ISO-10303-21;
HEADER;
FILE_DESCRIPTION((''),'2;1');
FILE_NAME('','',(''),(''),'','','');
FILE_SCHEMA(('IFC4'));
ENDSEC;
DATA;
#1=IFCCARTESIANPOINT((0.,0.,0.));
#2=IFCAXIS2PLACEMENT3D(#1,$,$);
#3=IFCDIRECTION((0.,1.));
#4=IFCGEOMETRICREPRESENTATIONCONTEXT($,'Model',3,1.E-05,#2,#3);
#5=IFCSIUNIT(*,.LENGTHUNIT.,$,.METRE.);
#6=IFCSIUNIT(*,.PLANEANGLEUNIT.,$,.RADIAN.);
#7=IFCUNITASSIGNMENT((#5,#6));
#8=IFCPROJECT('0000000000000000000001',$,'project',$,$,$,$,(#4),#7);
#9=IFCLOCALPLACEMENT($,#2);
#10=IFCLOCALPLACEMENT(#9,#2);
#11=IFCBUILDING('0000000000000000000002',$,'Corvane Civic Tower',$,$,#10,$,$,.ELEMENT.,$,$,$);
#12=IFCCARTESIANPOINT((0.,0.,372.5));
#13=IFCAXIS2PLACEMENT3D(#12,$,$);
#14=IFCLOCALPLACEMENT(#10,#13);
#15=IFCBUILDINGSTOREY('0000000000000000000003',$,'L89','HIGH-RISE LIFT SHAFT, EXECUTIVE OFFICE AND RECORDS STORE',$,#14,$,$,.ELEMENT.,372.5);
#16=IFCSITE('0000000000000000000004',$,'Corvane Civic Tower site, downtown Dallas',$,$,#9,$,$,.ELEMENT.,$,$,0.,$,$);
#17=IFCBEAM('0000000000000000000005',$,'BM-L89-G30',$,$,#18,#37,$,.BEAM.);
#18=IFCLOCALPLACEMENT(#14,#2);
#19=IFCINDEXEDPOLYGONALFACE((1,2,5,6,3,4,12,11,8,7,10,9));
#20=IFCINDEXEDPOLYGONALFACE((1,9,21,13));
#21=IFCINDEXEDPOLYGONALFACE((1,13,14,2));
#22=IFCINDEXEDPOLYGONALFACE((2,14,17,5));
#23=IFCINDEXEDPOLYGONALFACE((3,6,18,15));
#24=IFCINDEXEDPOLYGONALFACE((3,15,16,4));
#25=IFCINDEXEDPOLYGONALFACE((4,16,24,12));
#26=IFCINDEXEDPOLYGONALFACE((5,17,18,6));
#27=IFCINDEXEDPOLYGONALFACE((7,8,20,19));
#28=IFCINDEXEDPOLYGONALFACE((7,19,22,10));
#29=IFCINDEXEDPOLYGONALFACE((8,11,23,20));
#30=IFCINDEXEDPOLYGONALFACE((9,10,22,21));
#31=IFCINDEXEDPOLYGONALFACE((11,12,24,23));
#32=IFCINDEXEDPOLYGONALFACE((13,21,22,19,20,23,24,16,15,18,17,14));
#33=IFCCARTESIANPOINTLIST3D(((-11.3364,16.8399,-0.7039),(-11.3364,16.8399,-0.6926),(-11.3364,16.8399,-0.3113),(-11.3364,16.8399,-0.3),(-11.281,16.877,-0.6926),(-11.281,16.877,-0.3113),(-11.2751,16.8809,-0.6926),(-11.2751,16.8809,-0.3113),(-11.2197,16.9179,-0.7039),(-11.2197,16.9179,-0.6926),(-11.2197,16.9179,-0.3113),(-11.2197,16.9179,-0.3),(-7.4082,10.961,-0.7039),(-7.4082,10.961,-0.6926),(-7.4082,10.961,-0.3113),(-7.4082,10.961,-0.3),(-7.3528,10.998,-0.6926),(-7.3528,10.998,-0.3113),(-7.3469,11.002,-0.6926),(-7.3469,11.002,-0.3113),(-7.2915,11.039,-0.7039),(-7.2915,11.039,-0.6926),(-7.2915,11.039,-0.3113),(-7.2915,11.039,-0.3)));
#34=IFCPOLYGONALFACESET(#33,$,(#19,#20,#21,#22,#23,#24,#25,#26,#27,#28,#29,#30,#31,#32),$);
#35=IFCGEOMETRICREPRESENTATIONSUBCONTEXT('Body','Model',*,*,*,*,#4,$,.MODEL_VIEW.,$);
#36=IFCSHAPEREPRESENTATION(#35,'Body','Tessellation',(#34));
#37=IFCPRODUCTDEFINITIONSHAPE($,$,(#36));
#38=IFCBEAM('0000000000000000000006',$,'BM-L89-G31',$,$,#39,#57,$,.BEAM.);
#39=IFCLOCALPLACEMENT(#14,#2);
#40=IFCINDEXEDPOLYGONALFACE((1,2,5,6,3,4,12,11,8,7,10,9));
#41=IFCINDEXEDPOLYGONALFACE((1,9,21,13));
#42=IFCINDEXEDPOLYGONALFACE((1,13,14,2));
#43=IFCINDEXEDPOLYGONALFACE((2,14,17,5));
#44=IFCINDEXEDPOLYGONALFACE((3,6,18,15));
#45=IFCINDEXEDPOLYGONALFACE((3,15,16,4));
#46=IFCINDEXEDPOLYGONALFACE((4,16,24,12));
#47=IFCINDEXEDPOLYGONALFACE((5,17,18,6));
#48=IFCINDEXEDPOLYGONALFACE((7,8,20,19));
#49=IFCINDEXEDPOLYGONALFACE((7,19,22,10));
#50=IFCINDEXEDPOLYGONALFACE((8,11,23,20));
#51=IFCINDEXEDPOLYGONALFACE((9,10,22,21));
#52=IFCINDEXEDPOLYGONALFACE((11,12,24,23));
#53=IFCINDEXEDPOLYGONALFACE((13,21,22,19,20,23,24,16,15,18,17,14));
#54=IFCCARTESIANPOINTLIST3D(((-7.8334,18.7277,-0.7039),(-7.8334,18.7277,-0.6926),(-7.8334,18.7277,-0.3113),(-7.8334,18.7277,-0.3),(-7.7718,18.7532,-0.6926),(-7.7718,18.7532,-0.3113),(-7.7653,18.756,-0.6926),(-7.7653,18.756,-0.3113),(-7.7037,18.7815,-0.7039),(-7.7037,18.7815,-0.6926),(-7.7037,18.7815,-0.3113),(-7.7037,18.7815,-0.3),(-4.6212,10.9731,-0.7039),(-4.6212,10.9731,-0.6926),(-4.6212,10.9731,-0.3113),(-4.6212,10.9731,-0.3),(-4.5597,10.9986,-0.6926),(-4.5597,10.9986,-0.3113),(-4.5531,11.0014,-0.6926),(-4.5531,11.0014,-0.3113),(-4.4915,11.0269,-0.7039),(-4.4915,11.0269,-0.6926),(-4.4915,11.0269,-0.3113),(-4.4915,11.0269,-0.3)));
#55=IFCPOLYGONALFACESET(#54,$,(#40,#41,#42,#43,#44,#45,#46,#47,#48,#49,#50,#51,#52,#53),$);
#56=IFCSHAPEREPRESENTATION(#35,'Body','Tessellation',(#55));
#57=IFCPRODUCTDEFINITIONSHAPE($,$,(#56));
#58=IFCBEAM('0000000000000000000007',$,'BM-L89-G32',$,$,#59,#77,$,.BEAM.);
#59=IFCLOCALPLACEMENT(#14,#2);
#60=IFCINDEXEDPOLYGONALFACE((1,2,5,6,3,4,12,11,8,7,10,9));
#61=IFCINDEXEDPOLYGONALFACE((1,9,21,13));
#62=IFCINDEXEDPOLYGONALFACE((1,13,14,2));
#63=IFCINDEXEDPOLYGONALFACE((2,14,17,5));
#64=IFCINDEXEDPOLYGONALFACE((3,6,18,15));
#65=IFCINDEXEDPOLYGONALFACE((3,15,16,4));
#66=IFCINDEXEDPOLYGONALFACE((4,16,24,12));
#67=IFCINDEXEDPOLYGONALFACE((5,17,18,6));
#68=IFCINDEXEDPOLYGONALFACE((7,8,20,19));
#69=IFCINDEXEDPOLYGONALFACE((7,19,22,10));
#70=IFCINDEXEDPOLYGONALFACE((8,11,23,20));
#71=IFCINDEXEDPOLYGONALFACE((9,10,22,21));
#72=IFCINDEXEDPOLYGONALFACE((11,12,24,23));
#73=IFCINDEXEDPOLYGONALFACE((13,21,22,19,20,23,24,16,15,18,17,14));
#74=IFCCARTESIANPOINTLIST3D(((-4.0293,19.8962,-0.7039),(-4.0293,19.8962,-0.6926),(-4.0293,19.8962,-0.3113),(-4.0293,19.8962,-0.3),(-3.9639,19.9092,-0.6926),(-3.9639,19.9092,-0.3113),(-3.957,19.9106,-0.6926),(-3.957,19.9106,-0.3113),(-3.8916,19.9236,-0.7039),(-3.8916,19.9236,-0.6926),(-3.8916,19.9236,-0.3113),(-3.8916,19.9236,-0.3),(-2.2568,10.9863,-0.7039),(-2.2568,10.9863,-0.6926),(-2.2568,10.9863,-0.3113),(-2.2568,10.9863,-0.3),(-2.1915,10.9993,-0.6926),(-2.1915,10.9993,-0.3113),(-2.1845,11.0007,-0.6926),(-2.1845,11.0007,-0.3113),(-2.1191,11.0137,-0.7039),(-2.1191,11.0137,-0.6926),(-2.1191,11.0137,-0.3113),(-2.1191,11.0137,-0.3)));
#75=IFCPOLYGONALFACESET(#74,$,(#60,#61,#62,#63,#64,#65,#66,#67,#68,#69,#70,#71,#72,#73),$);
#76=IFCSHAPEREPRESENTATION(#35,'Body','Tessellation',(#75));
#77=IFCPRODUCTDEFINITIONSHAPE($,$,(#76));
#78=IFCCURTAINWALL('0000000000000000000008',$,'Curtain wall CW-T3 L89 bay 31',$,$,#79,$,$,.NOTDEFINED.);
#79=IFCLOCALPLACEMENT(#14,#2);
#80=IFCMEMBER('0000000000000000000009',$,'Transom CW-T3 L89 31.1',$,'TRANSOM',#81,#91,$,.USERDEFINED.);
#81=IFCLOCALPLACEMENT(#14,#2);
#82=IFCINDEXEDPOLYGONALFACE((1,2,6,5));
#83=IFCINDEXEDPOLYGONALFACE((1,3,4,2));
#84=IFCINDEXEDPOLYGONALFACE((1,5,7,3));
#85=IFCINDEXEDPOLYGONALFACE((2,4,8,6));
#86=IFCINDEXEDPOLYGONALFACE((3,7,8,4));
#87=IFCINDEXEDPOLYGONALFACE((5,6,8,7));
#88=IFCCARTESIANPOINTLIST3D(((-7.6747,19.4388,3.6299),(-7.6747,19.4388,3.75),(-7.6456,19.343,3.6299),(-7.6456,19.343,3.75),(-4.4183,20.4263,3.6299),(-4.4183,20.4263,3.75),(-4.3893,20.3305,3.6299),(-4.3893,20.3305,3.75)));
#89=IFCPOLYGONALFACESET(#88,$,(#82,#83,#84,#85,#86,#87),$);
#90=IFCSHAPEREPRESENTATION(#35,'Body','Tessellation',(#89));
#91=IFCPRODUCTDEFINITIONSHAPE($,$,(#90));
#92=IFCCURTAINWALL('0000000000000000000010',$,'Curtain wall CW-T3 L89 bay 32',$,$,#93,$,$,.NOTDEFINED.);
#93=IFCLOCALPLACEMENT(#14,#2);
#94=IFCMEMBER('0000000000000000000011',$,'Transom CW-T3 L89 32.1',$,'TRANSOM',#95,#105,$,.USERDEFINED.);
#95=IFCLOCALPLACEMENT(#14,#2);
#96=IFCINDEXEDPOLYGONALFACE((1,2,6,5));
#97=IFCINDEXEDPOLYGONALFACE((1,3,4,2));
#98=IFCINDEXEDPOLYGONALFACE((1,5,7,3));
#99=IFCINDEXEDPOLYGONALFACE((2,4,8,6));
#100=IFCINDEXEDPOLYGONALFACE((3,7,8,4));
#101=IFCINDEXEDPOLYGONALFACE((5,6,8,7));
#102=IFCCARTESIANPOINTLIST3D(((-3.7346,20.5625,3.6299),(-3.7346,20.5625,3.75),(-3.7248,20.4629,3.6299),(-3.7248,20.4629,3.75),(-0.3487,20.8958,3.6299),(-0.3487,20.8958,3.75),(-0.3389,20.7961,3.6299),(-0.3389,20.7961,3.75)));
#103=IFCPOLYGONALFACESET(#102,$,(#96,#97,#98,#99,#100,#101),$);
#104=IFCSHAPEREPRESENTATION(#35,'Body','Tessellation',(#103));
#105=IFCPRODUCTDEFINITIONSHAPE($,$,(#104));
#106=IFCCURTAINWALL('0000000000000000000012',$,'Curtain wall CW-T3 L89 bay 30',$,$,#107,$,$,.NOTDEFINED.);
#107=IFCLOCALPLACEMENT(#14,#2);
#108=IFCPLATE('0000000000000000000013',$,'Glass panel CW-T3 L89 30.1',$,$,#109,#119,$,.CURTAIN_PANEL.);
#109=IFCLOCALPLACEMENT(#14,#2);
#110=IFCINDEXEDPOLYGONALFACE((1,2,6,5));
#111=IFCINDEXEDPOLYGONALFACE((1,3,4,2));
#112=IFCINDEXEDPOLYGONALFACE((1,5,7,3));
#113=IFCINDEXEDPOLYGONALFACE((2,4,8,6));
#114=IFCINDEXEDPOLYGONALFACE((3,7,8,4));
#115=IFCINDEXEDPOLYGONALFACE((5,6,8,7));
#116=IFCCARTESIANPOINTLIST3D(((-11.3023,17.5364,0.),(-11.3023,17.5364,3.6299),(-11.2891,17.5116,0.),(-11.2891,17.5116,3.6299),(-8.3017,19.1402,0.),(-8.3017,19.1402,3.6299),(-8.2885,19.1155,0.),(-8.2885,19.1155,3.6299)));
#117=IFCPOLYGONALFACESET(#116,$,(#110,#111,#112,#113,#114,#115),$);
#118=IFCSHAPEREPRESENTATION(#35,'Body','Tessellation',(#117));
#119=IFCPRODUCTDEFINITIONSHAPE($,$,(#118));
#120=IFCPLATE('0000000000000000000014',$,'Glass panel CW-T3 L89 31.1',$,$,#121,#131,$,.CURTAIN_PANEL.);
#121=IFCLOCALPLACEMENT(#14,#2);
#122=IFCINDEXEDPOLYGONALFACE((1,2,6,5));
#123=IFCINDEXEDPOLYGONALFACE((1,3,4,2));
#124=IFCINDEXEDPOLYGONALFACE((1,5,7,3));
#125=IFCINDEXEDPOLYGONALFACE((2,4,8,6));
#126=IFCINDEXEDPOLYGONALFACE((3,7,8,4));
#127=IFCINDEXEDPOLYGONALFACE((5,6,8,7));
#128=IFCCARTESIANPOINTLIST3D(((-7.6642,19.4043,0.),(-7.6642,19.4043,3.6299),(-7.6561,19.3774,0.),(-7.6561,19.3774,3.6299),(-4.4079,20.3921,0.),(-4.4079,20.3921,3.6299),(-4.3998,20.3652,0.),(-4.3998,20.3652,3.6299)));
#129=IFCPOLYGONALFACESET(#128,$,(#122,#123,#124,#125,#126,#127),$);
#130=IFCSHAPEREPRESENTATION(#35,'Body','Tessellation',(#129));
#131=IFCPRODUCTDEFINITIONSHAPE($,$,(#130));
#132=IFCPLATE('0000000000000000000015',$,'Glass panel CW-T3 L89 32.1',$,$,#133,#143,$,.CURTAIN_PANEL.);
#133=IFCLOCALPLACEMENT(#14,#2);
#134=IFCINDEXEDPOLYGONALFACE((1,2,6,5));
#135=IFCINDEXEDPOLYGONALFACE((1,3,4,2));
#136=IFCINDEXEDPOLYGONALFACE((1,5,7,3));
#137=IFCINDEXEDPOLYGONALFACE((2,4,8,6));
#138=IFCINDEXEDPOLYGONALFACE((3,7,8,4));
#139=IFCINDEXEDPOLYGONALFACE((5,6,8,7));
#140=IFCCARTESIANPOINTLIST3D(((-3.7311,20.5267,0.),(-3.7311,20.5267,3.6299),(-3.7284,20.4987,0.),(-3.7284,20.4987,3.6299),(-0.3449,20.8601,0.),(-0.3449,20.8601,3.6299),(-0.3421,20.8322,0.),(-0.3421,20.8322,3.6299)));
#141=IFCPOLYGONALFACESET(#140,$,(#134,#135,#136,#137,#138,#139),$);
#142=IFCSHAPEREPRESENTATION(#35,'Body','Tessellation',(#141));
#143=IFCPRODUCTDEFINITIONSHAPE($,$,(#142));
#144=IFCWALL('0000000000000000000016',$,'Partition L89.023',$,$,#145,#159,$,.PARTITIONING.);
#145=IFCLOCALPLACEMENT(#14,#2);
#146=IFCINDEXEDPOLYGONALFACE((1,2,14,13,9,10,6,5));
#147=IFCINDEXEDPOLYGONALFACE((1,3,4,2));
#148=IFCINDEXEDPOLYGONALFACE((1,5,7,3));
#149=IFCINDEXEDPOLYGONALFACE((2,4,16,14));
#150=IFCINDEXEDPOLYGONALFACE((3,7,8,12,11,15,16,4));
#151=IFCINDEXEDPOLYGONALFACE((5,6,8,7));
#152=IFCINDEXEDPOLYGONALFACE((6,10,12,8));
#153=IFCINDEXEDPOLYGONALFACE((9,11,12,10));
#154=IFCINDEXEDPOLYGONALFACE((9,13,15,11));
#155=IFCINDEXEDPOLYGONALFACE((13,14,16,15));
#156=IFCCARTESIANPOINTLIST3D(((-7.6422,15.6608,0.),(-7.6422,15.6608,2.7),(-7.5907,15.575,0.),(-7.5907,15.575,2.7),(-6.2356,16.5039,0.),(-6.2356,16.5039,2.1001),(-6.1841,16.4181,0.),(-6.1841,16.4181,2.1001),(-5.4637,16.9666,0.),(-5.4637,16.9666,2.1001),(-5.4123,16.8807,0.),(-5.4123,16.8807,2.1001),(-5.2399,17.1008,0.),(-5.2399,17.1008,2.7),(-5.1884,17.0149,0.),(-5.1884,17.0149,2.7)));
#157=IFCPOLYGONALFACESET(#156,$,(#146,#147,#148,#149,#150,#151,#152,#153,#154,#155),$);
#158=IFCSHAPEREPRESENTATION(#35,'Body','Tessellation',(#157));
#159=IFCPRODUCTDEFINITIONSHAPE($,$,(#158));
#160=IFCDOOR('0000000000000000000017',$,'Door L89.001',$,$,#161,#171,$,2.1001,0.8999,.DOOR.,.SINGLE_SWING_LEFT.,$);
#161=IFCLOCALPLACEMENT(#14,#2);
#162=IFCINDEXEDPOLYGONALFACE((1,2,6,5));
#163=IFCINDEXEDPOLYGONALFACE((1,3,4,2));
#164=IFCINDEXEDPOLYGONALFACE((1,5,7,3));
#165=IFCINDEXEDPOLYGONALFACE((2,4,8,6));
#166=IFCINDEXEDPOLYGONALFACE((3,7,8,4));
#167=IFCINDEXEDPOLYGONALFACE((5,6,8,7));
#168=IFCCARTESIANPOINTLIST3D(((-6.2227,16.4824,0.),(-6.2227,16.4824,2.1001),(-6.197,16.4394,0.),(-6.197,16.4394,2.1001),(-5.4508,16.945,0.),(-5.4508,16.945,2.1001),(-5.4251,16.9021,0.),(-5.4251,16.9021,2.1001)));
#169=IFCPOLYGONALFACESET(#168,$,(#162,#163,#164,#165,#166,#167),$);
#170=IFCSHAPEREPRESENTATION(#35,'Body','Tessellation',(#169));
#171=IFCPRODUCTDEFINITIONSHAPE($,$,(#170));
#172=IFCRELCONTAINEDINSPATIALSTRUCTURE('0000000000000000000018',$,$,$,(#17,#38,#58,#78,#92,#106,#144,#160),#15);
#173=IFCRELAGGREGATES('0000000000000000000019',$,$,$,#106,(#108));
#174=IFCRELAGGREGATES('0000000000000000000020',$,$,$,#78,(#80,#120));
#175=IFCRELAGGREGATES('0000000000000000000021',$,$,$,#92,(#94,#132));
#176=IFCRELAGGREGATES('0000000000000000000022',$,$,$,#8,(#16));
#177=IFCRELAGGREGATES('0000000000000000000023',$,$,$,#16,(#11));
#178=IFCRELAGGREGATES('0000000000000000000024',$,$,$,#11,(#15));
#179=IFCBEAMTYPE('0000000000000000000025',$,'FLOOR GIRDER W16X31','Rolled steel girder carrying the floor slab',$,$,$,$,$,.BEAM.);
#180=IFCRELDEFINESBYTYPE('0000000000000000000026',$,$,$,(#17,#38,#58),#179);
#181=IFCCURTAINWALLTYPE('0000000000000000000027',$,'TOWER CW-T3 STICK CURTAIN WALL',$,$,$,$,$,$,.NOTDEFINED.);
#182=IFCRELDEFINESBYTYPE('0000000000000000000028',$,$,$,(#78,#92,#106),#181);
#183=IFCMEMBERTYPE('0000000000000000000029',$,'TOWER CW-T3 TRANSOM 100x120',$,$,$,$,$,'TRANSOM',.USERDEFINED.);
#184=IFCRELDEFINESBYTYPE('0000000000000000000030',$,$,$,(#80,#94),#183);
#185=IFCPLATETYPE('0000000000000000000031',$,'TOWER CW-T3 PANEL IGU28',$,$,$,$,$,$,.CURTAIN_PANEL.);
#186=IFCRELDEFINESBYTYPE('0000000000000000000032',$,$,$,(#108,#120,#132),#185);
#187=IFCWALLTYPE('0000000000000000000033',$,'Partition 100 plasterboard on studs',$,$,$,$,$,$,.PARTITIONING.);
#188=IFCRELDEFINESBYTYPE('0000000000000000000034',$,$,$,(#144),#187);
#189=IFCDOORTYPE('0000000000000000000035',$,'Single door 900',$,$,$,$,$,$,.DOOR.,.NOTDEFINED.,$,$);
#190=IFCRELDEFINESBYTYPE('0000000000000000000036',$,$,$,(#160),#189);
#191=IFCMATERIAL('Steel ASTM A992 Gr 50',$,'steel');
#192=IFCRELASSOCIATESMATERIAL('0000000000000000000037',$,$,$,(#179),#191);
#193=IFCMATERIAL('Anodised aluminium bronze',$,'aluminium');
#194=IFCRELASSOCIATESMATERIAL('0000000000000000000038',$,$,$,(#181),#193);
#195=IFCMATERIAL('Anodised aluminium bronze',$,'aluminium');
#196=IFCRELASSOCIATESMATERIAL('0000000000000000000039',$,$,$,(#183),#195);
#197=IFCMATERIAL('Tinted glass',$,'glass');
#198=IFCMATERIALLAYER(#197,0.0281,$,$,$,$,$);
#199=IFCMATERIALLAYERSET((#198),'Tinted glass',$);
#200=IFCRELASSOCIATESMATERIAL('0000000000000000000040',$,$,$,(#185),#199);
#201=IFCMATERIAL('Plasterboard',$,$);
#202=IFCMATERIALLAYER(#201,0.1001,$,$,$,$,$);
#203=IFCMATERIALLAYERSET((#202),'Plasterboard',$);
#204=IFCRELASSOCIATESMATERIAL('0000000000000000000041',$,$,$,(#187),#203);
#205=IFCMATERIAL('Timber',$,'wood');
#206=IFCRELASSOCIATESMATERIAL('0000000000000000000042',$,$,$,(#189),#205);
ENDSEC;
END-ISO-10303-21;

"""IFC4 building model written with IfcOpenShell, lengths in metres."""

from ifc_helpers import new_model, si_unit, direction, frame, frame_2d, origin, origin_2d, place, context, subcontext, project, spatial, rectangle, i_section, extrude, material, layer, layer_set, material_profile, profile_set, type_object, element, fill, aggregate, save


model = new_model("IFC4")

# Units and contexts
model_context = context("Model", 3, precision=1e-05, world=origin(), true_north=direction((0.0, 1.0)))
body_context = subcontext(model_context, "Body", "Model", "MODEL_VIEW")
ifc_project = project(units=[si_unit("LENGTHUNIT", "METRE"), si_unit("PLANEANGLEUNIT", "RADIAN")], contexts=[model_context])

# Site, building, storey
site_placement = place(None, origin())
site = spatial("IfcSite", under=ifc_project, at=site_placement, Name="Corvane Civic Tower site, downtown Dallas", CompositionType="ELEMENT", RefElevation=0.0)
building_placement = place(site_placement, origin())
building = spatial("IfcBuilding", under=site, at=building_placement, Name="Corvane Civic Tower", CompositionType="ELEMENT")
storey_placement = place(building_placement, frame((0.0, 0.0, 372.5)))
storey = spatial("IfcBuildingStorey", under=building, at=storey_placement, Name="L89", Description="HIGH-RISE LIFT SHAFT, EXECUTIVE OFFICE AND RECORDS STORE", CompositionType="ELEMENT", Elevation=372.5)

# Beams
ifc_material_1 = material(Name="Steel ASTM A992 Gr 50", Category="steel")
ifc_material_profile_1 = material_profile(ifc_material_1, i_section(OverallWidth=0.1404, OverallDepth=0.4038, WebThickness=0.0071, FlangeThickness=0.0112, at=origin_2d()), Name="W16X31")
ifc_profile_set_1 = profile_set([ifc_material_profile_1], Name="Steel ASTM A992 Gr 50")
beam_type_1 = type_object("IfcBeamType", Name="FLOOR GIRDER W16X31", Description="Rolled steel girder carrying the floor slab", PredefinedType="BEAM", material=ifc_profile_set_1)
beam_1_placement = place(storey_placement, frame((-7.3499, 11.0, -0.502), z_axis=(-0.555576, 0.831465, 0.0), x_axis=(-0.831465, -0.555576, 0.0)))
element("IfcBeam", 1, at=beam_1_placement, inside=storey, type_object=beam_type_1, Name="BM-L89-G30", PredefinedType="BEAM", context=body_context, shape_type="SweptSolid", body=[
    extrude(i_section(OverallWidth=0.1404, OverallDepth=0.4038, WebThickness=0.0071, FlangeThickness=0.0112, at=origin_2d()), origin(), (0.0, 0.0, 1.0), 7.0706),
])
beam_2_placement = place(storey_placement, frame((-4.5564, 11.0, -0.502), z_axis=(-0.382692, 0.923876, 0.0), x_axis=(-0.923876, -0.382692, 0.0)))
element("IfcBeam", 2, at=beam_2_placement, inside=storey, type_object=beam_type_1, Name="BM-L89-G31", PredefinedType="BEAM", context=body_context, shape_type="SweptSolid", body=[
    extrude(i_section(OverallWidth=0.1404, OverallDepth=0.4038, WebThickness=0.0071, FlangeThickness=0.0112, at=origin_2d()), origin(), (0.0, 0.0, 1.0), 8.3936),
])
beam_3_placement = place(storey_placement, frame((-2.188, 11.0, -0.502), z_axis=(-0.195108, 0.980782, 0.0), x_axis=(-0.980782, -0.195108, 0.0)))
element("IfcBeam", 3, at=beam_3_placement, inside=storey, type_object=beam_type_1, Name="BM-L89-G32", PredefinedType="BEAM", context=body_context, shape_type="SweptSolid", body=[
    extrude(i_section(OverallWidth=0.1404, OverallDepth=0.4038, WebThickness=0.0071, FlangeThickness=0.0112, at=origin_2d()), origin(), (0.0, 0.0, 1.0), 9.0845),
])

# Curtain walls, members
ifc_material_2 = material(Name="Anodised aluminium bronze", Category="aluminium")
curtain_wall_type = type_object("IfcCurtainWallType", Name="TOWER CW-T3 STICK CURTAIN WALL", PredefinedType="NOTDEFINED", material=ifc_material_2)
curtain_wall_1_placement = place(storey_placement, origin())
curtain_wall_1 = element("IfcCurtainWall", 4, at=curtain_wall_1_placement, inside=storey, type_object=curtain_wall_type, Name="Curtain wall CW-T3 L89 bay 31", PredefinedType="NOTDEFINED")
ifc_material_3 = material(Name="Anodised aluminium bronze", Category="aluminium")
ifc_material_profile_2 = material_profile(ifc_material_3, rectangle(XDim=0.1001, YDim=0.1201, at=origin_2d()), Name="TOWER CW-T3 TRANSOM 100x120")
ifc_profile_set_2 = profile_set([ifc_material_profile_2], Name="Anodised aluminium bronze")
member_type = type_object("IfcMemberType", Name="TOWER CW-T3 TRANSOM 100x120", ElementType="TRANSOM", PredefinedType="USERDEFINED", material=ifc_profile_set_2)
member_1_placement = place(storey_placement, frame((-7.6602, 19.3909, 3.6899), z_axis=(0.956961, 0.290216, 0.0), x_axis=(-0.290216, 0.956961, 0.0)))
member_1 = element("IfcMember", 5, at=member_1_placement, type_object=member_type, Name="Transom CW-T3 L89 31.1", ObjectType="TRANSOM", PredefinedType="USERDEFINED", context=body_context, shape_type="SweptSolid", body=[
    extrude(rectangle(XDim=0.1001, YDim=0.1201, at=origin_2d()), origin(), (0.0, 0.0, 1.0), 3.4028),
])
curtain_wall_2_placement = place(storey_placement, origin())
curtain_wall_2 = element("IfcCurtainWall", 6, at=curtain_wall_2_placement, inside=storey, type_object=curtain_wall_type, Name="Curtain wall CW-T3 L89 bay 32", PredefinedType="NOTDEFINED")
member_2_placement = place(storey_placement, frame((-3.7297, 20.5127, 3.6899), z_axis=(0.995192, 0.097948, 0.0), x_axis=(-0.097948, 0.995192, 0.0)))
member_2 = element("IfcMember", 7, at=member_2_placement, type_object=member_type, Name="Transom CW-T3 L89 32.1", ObjectType="TRANSOM", PredefinedType="USERDEFINED", context=body_context, shape_type="SweptSolid", body=[
    extrude(rectangle(XDim=0.1001, YDim=0.1201, at=origin_2d()), origin(), (0.0, 0.0, 1.0), 3.4023),
])

# Curtain wall, plate
curtain_wall_3_placement = place(storey_placement, origin())
curtain_wall_3 = element("IfcCurtainWall", 8, at=curtain_wall_3_placement, inside=storey, type_object=curtain_wall_type, Name="Curtain wall CW-T3 L89 bay 30", PredefinedType="NOTDEFINED")
ifc_material_4 = material(Name="Tinted glass", Category="glass")
ifc_layer_1 = layer(ifc_material_4, 0.0281)
ifc_layer_set_1 = layer_set([ifc_layer_1], Name="Tinted glass")
plate_type = type_object("IfcPlateType", Name="TOWER CW-T3 PANEL IGU28", PredefinedType="CURTAIN_PANEL", material=ifc_layer_set_1)
plate_1_placement = place(storey_placement, frame((-9.7954, 18.3259, 0.0), z_axis=(0.0, 0.0, 1.0), x_axis=(0.881928, 0.471384, 0.0)))
plate_1 = element("IfcPlate", 9, at=plate_1_placement, type_object=plate_type, Name="Glass panel CW-T3 L89 30.1", PredefinedType="CURTAIN_PANEL", context=body_context, shape_type="SweptSolid", body=[
    extrude(rectangle(XDim=3.4023, YDim=0.0281, at=origin_2d()), origin(), (0.0, 0.0, 1.0), 3.6299),
])
aggregate(curtain_wall_3, [plate_1])

# Plates
plate_2_placement = place(storey_placement, frame((-6.032, 19.8848, 0.0), z_axis=(0.0, 0.0, 1.0), x_axis=(0.956939, 0.29029, 0.0)))
plate_2 = element("IfcPlate", 10, at=plate_2_placement, type_object=plate_type, Name="Glass panel CW-T3 L89 31.1", PredefinedType="CURTAIN_PANEL", context=body_context, shape_type="SweptSolid", body=[
    extrude(rectangle(XDim=3.4028, YDim=0.0281, at=origin_2d()), origin(), (0.0, 0.0, 1.0), 3.6299),
])
aggregate(curtain_wall_1, [member_1, plate_2])
plate_3_placement = place(storey_placement, frame((-2.0366, 20.6794, 0.0), z_axis=(0.0, 0.0, 1.0), x_axis=(0.995187, 0.097998, 0.0)))
plate_3 = element("IfcPlate", 11, at=plate_3_placement, type_object=plate_type, Name="Glass panel CW-T3 L89 32.1", PredefinedType="CURTAIN_PANEL", context=body_context, shape_type="SweptSolid", body=[
    extrude(rectangle(XDim=3.4026, YDim=0.0281, at=origin_2d()), origin(), (0.0, 0.0, 1.0), 3.6299),
])
aggregate(curtain_wall_2, [member_2, plate_3])

# Wall, opening, door
ifc_material_5 = material(Name="Plasterboard")
ifc_layer_2 = layer(ifc_material_5, 0.1001)
ifc_layer_set_2 = layer_set([ifc_layer_2], Name="Plasterboard")
wall_type = type_object("IfcWallType", Name="Partition 100 plasterboard on studs", PredefinedType="PARTITIONING", material=ifc_layer_set_2)
wall_1_placement = place(storey_placement, frame((-7.6165, 15.6179, 0.0), z_axis=(0.0, 0.0, 1.0), x_axis=(0.857724, 0.514111, 0.0)))
wall_1 = element("IfcWall", 12, at=wall_1_placement, inside=storey, type_object=wall_type, Name="Partition L89.023", PredefinedType="PARTITIONING", context=body_context, shape_type="SweptSolid", body=[
    extrude(rectangle(XDim=2.8008, YDim=0.1001, at=frame_2d((1.4004, 0.0))), origin(), (0.0, 0.0, 1.0), 2.7),
])
opening_1_placement = place(wall_1_placement, frame((1.6399, 0.0, 0.0)))
opening_1 = element("IfcOpeningElement", 13, at=opening_1_placement, cuts=wall_1, PredefinedType="OPENING", context=body_context, shape_type="SweptSolid", body=[
    extrude(rectangle(XDim=0.8999, YDim=2.1001, at=frame_2d((0.45, 1.05))), frame((0.0, 0.0601, 0.0), z_axis=(0.0, -1.0, 0.0), x_axis=(1.0, 0.0, 0.0)), (0.0, 0.0, 1.0), 0.1201),
])
ifc_material_6 = material(Name="Timber", Category="wood")
door_type_1 = type_object("IfcDoorType", Name="Single door 900", OperationType="NOTDEFINED", PredefinedType="DOOR", material=ifc_material_6)
door_1_placement = place(opening_1_placement, origin())
door_1 = element("IfcDoor", 14, at=door_1_placement, inside=storey, type_object=door_type_1, Name="Door L89.001", OperationType="SINGLE_SWING_LEFT", OverallHeight=2.1001, OverallWidth=0.8999, PredefinedType="DOOR", context=body_context, shape_type="SweptSolid", body=[
    extrude(rectangle(XDim=0.8999, YDim=2.1001, at=frame_2d((0.45, 1.05))), frame((0.0, 0.0249, 0.0), z_axis=(0.0, -1.0, 0.0), x_axis=(1.0, 0.0, 0.0)), (0.0, 0.0, 1.0), 0.05),
])
fill(opening_1, door_1)

save(model, "model.ifc")
